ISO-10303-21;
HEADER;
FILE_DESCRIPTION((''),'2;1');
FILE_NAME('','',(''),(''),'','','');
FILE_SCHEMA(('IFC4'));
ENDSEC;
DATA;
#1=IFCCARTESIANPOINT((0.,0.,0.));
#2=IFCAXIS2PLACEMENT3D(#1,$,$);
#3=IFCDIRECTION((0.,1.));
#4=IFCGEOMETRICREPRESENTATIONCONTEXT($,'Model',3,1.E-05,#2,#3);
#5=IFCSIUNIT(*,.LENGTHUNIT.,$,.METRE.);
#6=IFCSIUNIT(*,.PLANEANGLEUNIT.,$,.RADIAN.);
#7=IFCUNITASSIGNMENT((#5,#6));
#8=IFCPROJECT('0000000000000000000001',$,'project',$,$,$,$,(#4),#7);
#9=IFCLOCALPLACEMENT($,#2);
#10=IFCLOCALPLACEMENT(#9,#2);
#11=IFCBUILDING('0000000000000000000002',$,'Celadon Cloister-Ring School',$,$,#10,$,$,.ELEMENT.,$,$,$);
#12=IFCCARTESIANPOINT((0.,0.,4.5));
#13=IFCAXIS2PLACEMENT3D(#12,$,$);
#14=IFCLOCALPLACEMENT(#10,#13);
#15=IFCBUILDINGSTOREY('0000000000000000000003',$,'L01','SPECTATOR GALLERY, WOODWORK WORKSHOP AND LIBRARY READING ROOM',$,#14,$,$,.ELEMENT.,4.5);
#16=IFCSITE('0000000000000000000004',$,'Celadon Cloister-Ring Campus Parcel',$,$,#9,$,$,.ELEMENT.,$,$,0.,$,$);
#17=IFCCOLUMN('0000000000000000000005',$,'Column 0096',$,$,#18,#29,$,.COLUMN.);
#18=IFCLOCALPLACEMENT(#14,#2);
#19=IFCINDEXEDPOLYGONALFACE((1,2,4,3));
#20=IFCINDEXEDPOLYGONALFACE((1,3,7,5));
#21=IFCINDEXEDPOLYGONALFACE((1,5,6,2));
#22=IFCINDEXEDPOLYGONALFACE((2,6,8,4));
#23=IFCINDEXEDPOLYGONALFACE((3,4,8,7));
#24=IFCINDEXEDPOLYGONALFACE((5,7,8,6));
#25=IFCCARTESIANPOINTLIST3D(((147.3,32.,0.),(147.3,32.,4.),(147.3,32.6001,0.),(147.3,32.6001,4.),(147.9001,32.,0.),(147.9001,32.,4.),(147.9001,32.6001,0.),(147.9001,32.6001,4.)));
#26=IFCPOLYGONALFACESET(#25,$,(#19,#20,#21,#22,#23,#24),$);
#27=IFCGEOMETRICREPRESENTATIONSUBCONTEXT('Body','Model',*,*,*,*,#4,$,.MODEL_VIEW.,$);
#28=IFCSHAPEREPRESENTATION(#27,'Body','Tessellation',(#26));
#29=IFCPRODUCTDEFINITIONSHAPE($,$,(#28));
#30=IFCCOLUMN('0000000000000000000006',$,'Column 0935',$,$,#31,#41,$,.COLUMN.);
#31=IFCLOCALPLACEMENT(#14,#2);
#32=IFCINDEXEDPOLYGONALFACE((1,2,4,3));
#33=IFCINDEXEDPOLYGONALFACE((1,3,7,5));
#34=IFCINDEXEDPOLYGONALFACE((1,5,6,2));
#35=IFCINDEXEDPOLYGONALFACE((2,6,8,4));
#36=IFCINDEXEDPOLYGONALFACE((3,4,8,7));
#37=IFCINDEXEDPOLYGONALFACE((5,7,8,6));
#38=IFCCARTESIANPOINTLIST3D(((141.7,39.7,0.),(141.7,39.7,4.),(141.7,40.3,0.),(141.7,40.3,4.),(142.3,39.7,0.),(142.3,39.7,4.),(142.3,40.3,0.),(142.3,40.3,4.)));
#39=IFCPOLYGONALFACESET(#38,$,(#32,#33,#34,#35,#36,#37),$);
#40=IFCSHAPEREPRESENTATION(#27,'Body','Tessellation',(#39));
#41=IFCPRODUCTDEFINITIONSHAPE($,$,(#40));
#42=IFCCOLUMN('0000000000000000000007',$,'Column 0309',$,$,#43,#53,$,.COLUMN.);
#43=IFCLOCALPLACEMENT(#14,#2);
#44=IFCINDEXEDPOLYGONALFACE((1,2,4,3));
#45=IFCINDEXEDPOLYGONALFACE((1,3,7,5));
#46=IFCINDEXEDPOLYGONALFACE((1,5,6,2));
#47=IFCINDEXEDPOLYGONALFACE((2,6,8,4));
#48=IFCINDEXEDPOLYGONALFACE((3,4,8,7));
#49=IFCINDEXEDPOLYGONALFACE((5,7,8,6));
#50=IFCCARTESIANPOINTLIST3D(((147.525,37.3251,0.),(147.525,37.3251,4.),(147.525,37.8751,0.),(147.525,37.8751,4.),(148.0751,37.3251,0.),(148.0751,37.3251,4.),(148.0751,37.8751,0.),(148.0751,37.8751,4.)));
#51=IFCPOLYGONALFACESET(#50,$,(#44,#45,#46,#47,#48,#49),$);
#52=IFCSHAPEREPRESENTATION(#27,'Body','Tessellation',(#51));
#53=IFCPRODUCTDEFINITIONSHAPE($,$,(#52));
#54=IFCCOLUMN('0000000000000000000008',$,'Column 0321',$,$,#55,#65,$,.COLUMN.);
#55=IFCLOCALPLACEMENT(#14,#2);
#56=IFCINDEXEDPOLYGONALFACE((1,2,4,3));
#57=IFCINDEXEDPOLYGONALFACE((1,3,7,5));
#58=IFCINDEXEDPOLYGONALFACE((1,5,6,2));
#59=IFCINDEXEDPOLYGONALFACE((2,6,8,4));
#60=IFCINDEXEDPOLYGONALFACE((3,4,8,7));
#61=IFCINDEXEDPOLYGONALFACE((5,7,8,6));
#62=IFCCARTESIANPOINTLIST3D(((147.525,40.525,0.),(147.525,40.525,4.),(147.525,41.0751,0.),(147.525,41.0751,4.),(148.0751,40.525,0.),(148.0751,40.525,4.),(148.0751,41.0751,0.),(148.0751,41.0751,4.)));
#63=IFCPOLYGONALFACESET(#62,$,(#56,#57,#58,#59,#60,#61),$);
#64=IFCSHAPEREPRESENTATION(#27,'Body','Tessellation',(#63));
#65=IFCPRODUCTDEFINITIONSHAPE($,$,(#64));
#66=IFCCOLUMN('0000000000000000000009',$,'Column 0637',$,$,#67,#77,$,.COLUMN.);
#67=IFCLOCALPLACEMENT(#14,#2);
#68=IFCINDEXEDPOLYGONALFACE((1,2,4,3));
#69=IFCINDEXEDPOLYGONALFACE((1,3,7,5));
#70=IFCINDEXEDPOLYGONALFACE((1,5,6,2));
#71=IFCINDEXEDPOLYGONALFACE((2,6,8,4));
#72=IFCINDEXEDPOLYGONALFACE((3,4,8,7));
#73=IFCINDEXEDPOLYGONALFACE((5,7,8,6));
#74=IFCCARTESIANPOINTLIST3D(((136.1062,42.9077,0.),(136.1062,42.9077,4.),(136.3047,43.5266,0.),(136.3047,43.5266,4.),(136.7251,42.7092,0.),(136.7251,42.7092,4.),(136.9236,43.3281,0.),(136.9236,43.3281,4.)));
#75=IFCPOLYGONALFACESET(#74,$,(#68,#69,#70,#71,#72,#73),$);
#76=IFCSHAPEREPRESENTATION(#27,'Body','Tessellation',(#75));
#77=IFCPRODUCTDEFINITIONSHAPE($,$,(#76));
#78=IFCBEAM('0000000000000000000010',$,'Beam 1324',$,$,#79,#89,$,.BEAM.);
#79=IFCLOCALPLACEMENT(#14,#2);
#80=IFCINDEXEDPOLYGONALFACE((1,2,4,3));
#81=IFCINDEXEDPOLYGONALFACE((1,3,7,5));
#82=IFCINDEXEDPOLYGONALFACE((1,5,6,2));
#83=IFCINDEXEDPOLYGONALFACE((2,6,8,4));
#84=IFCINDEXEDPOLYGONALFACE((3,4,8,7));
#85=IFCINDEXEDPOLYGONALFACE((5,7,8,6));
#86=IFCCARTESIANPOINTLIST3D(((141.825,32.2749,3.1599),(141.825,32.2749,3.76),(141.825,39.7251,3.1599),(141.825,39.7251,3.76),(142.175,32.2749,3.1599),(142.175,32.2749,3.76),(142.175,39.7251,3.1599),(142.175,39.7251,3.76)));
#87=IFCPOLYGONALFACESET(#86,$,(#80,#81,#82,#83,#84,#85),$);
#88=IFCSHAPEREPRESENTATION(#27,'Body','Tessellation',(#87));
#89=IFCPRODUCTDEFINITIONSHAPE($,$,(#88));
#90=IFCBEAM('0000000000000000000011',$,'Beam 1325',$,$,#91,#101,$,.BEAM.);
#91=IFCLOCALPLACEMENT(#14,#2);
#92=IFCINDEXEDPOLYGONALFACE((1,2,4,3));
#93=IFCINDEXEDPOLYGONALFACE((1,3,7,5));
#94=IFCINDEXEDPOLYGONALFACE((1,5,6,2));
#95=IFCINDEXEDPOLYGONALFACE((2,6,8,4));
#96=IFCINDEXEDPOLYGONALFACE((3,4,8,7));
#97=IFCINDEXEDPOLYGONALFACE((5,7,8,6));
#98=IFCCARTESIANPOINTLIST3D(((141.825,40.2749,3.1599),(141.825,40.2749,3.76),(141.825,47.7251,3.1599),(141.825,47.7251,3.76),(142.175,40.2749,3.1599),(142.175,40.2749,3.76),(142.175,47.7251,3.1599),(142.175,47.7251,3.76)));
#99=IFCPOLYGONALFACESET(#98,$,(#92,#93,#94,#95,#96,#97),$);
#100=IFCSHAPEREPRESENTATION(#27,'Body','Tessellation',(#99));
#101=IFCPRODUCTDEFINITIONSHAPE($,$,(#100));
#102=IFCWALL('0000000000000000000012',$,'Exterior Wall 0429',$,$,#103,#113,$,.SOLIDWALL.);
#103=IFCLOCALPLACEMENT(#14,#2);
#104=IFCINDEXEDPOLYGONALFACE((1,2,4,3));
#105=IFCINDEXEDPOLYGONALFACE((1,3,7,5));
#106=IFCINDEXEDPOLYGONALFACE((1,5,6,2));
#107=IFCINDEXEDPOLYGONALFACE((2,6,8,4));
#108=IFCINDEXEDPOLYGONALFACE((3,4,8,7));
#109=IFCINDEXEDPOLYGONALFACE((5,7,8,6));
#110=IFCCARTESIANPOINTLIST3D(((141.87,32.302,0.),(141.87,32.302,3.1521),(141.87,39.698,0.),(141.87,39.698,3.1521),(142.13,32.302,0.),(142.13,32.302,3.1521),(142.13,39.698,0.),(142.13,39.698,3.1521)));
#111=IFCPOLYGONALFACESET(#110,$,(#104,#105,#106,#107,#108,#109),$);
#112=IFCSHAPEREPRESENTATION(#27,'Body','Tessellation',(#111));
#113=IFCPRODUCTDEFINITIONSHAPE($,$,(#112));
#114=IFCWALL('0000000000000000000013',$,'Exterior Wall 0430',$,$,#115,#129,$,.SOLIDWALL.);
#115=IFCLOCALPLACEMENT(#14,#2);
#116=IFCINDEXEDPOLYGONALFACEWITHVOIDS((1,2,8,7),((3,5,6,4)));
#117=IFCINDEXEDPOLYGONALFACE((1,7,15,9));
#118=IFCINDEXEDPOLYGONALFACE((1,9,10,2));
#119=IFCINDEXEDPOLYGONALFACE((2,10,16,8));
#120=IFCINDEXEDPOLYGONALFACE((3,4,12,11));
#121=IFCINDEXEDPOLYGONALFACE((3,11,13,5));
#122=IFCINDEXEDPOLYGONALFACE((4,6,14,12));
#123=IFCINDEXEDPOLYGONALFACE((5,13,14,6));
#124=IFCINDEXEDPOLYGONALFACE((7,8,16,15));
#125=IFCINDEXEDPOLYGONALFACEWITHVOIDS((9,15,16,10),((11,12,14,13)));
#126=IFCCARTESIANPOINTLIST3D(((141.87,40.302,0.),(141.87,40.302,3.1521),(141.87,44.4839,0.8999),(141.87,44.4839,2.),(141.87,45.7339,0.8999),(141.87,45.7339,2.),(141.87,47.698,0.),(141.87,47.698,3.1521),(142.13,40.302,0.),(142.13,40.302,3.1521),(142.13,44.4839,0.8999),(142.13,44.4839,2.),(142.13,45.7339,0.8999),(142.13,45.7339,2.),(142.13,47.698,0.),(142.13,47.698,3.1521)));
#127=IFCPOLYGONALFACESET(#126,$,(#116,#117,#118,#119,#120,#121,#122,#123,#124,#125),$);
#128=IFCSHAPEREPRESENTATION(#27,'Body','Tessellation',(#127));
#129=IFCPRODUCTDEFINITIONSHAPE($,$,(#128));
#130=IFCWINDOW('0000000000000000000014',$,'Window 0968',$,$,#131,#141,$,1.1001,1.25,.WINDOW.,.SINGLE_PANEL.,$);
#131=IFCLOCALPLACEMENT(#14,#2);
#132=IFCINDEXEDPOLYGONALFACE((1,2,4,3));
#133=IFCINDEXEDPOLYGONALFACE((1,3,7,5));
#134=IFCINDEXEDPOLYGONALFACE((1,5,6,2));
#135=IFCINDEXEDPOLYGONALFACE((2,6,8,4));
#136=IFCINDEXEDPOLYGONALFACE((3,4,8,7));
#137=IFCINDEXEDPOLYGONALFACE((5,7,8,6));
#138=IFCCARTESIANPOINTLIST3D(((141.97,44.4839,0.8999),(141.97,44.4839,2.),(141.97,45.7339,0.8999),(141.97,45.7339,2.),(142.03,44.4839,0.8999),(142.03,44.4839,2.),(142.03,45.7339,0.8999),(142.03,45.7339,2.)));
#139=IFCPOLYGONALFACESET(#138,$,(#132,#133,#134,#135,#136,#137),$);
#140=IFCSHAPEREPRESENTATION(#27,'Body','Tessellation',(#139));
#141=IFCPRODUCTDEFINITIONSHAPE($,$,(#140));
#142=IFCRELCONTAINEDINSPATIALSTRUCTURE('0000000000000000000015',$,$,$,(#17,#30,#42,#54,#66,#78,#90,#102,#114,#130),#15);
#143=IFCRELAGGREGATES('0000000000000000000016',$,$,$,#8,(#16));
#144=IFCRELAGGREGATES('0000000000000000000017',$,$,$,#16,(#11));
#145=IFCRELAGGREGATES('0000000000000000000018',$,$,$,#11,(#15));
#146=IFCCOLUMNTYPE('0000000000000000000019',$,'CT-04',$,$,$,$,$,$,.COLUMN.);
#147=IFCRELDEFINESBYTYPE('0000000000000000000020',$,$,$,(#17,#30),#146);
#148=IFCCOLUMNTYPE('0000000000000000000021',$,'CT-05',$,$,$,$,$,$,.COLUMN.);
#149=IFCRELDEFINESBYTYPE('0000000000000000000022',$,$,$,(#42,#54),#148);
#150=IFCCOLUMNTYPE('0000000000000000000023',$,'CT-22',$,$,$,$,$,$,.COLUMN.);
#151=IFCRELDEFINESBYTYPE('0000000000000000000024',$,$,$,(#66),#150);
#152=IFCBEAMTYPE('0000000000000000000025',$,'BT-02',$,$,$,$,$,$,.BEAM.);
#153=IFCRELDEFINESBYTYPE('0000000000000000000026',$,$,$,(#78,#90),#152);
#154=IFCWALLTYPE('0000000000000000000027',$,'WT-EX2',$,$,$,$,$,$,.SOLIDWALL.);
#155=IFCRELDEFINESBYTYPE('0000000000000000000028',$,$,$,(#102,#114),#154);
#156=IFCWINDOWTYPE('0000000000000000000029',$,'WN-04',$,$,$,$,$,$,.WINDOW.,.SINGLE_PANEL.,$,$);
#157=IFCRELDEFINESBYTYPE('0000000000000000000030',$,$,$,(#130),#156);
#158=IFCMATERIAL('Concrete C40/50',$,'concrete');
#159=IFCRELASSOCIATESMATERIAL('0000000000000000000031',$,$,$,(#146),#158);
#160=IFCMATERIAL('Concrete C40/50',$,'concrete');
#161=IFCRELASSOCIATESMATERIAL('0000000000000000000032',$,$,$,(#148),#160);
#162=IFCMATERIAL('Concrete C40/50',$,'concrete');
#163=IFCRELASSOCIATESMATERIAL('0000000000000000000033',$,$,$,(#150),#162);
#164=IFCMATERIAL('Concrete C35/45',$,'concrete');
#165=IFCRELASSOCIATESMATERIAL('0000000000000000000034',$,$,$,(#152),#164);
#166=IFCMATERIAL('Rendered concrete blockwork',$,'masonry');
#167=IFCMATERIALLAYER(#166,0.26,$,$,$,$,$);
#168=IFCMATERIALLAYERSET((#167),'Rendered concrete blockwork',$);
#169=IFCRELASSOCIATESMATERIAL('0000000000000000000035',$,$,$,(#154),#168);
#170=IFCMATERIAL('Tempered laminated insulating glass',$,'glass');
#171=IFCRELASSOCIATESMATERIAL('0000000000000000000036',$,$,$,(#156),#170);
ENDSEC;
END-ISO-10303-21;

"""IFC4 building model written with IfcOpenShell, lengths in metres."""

from ifc_helpers import new_model, si_unit, direction, frame, frame_2d, origin, origin_2d, place, context, subcontext, project, spatial, rectangle, extrude, material, layer, layer_set, material_profile, profile_set, type_object, element, fill, save


model = new_model("IFC4")

# Units and contexts
model_context = context("Model", 3, precision=1e-05, world=origin(), true_north=direction((0.0, 1.0)))
body_context = subcontext(model_context, "Body", "Model", "MODEL_VIEW")
ifc_project = project(units=[si_unit("LENGTHUNIT", "METRE"), si_unit("PLANEANGLEUNIT", "RADIAN")], contexts=[model_context])

# Site, building, storey
site_placement = place(None, origin())
site = spatial("IfcSite", under=ifc_project, at=site_placement, Name="Celadon Cloister-Ring Campus Parcel", CompositionType="ELEMENT", RefElevation=0.0)
building_placement = place(site_placement, origin())
building = spatial("IfcBuilding", under=site, at=building_placement, Name="Celadon Cloister-Ring School", CompositionType="ELEMENT")
storey_placement = place(building_placement, frame((0.0, 0.0, 4.5)))
storey = spatial("IfcBuildingStorey", under=building, at=storey_placement, Name="L01", Description="SPECTATOR GALLERY, WOODWORK WORKSHOP AND LIBRARY READING ROOM", CompositionType="ELEMENT", Elevation=4.5)

# Columns
ifc_material_1 = material(Name="Concrete C40/50", Category="concrete")
ifc_material_profile_1 = material_profile(ifc_material_1, rectangle(XDim=0.6001, YDim=0.6001, at=origin_2d()), Name="RC600X600")
ifc_profile_set_1 = profile_set([ifc_material_profile_1], Name="Concrete C40/50")
column_type_1 = type_object("IfcColumnType", Name="CT-04", PredefinedType="COLUMN", material=ifc_profile_set_1)
for number, where, z_axis, x_axis, name in (
    (1, (147.6001, 32.3, 0.0), (0.0, 0.0, 1.0), (1.0, 0.0, 0.0), "Column 0096"),
    (2, (142.0, 40.0, 0.0), (0.0, 0.0, 1.0), (1.0, 0.0, 0.0), "Column 0935"),
):
    element("IfcColumn", number, at=place(storey_placement, frame(where, z_axis=z_axis, x_axis=x_axis)), inside=storey, type_object=column_type_1, Name=name, PredefinedType="COLUMN", context=body_context, shape_type="SweptSolid", body=[
        extrude(rectangle(XDim=0.6001, YDim=0.6001, at=origin_2d()), origin(), (0.0, 0.0, 1.0), 4.0),
    ])
ifc_material_2 = material(Name="Concrete C40/50", Category="concrete")
ifc_material_profile_2 = material_profile(ifc_material_2, rectangle(XDim=0.55, YDim=0.55, at=origin_2d()), Name="RC550X550")
ifc_profile_set_2 = profile_set([ifc_material_profile_2], Name="Concrete C40/50")
column_type_2 = type_object("IfcColumnType", Name="CT-05", PredefinedType="COLUMN", material=ifc_profile_set_2)
for number, where, z_axis, x_axis, name in (
    (3, (147.8, 37.6001, 0.0), (0.0, 0.0, 1.0), (1.0, 0.0, 0.0), "Column 0309"),
    (4, (147.8, 40.8, 0.0), (0.0, 0.0, 1.0), (1.0, 0.0, 0.0), "Column 0321"),
):
    element("IfcColumn", number, at=place(storey_placement, frame(where, z_axis=z_axis, x_axis=x_axis)), inside=storey, type_object=column_type_2, Name=name, PredefinedType="COLUMN", context=body_context, shape_type="SweptSolid", body=[
        extrude(rectangle(XDim=0.55, YDim=0.55, at=origin_2d()), origin(), (0.0, 0.0, 1.0), 4.0),
    ])
ifc_material_3 = material(Name="Concrete C40/50", Category="concrete")
ifc_material_profile_3 = material_profile(ifc_material_3, rectangle(XDim=0.6499, YDim=0.6499, at=origin_2d()), Name="RC650X650")
ifc_profile_set_3 = profile_set([ifc_material_profile_3], Name="Concrete C40/50")
column_type_3 = type_object("IfcColumnType", Name="CT-22", PredefinedType="COLUMN", material=ifc_profile_set_3)
column_placement = place(storey_placement, frame((136.5149, 43.1179, 0.0), z_axis=(0.0, 0.0, 1.0), x_axis=(0.952215, -0.305429, 0.0)))
element("IfcColumn", 5, at=column_placement, inside=storey, type_object=column_type_3, Name="Column 0637", PredefinedType="COLUMN", context=body_context, shape_type="SweptSolid", body=[
    extrude(rectangle(XDim=0.6499, YDim=0.6499, at=origin_2d()), origin(), (0.0, 0.0, 1.0), 4.0),
])

# Beams
ifc_material_4 = material(Name="Concrete C35/45", Category="concrete")
ifc_material_profile_4 = material_profile(ifc_material_4, rectangle(XDim=0.3501, YDim=0.6001, at=origin_2d()), Name="RC350X600")
ifc_profile_set_4 = profile_set([ifc_material_profile_4], Name="Concrete C35/45")
beam_type = type_object("IfcBeamType", Name="BT-02", PredefinedType="BEAM", material=ifc_profile_set_4)
for number, where, z_axis, x_axis, name in (
    (6, (142.0, 32.2749, 3.46), (0.0, 1.0, 0.0), (-1.0, 0.0, 0.0), "Beam 1324"),
    (7, (142.0, 40.2749, 3.46), (0.0, 1.0, 0.0), (-1.0, 0.0, 0.0), "Beam 1325"),
):
    element("IfcBeam", number, at=place(storey_placement, frame(where, z_axis=z_axis, x_axis=x_axis)), inside=storey, type_object=beam_type, Name=name, PredefinedType="BEAM", context=body_context, shape_type="SweptSolid", body=[
        extrude(rectangle(XDim=0.3501, YDim=0.6001, at=origin_2d()), origin(), (0.0, 0.0, 1.0), 7.4502),
    ])

# Wall
ifc_material_5 = material(Name="Rendered concrete blockwork", Category="masonry")
ifc_layer_1 = layer(ifc_material_5, 0.26)
ifc_layer_set_1 = layer_set([ifc_layer_1], Name="Rendered concrete blockwork")
wall_type_1 = type_object("IfcWallType", Name="WT-EX2", PredefinedType="SOLIDWALL", material=ifc_layer_set_1)
wall_1_placement = place(storey_placement, frame((142.0, 32.302, 0.0), z_axis=(0.0, 0.0, 1.0), x_axis=(0.0, 1.0, 0.0)))
element("IfcWall", 8, at=wall_1_placement, inside=storey, type_object=wall_type_1, Name="Exterior Wall 0429", PredefinedType="SOLIDWALL", context=body_context, shape_type="SweptSolid", body=[
    extrude(rectangle(XDim=7.396, YDim=0.26, at=frame_2d((3.698, 0.0))), origin(), (0.0, 0.0, 1.0), 3.1521),
])

# Wall, opening, window
wall_2_placement = place(storey_placement, frame((142.0, 40.302, 0.0), z_axis=(0.0, 0.0, 1.0), x_axis=(0.0, 1.0, 0.0)))
wall_2 = element("IfcWall", 9, at=wall_2_placement, inside=storey, type_object=wall_type_1, Name="Exterior Wall 0430", PredefinedType="SOLIDWALL", context=body_context, shape_type="SweptSolid", body=[
    extrude(rectangle(XDim=7.396, YDim=0.26, at=frame_2d((3.698, 0.0))), origin(), (0.0, 0.0, 1.0), 3.1521),
])
opening_1_placement = place(wall_2_placement, frame((4.1819, 0.0, 0.8999)))
opening_1 = element("IfcOpeningElement", 10, at=opening_1_placement, cuts=wall_2, PredefinedType="OPENING", context=body_context, shape_type="SweptSolid", body=[
    extrude(rectangle(XDim=1.25, YDim=1.1001, at=frame_2d((0.625, 0.55))), frame((0.0, 0.1401, 0.0), z_axis=(0.0, -1.0, 0.0), x_axis=(1.0, 0.0, 0.0)), (0.0, 0.0, 1.0), 0.28),
])
ifc_material_6 = material(Name="Tempered laminated insulating glass", Category="glass")
window_type_1 = type_object("IfcWindowType", Name="WN-04", PartitioningType="SINGLE_PANEL", PredefinedType="WINDOW", material=ifc_material_6)
window_1_placement = place(opening_1_placement, origin())
window_1 = element("IfcWindow", 11, at=window_1_placement, inside=storey, type_object=window_type_1, Name="Window 0968", OverallHeight=1.1001, OverallWidth=1.25, PartitioningType="SINGLE_PANEL", PredefinedType="WINDOW", context=body_context, shape_type="SweptSolid", body=[
    extrude(rectangle(XDim=1.25, YDim=1.1001, at=frame_2d((0.625, 0.55))), frame((0.0, 0.03, 0.0), z_axis=(0.0, -1.0, 0.0), x_axis=(1.0, 0.0, 0.0)), (0.0, 0.0, 1.0), 0.0601),
])
fill(opening_1, window_1)

save(model, "model.ifc")
